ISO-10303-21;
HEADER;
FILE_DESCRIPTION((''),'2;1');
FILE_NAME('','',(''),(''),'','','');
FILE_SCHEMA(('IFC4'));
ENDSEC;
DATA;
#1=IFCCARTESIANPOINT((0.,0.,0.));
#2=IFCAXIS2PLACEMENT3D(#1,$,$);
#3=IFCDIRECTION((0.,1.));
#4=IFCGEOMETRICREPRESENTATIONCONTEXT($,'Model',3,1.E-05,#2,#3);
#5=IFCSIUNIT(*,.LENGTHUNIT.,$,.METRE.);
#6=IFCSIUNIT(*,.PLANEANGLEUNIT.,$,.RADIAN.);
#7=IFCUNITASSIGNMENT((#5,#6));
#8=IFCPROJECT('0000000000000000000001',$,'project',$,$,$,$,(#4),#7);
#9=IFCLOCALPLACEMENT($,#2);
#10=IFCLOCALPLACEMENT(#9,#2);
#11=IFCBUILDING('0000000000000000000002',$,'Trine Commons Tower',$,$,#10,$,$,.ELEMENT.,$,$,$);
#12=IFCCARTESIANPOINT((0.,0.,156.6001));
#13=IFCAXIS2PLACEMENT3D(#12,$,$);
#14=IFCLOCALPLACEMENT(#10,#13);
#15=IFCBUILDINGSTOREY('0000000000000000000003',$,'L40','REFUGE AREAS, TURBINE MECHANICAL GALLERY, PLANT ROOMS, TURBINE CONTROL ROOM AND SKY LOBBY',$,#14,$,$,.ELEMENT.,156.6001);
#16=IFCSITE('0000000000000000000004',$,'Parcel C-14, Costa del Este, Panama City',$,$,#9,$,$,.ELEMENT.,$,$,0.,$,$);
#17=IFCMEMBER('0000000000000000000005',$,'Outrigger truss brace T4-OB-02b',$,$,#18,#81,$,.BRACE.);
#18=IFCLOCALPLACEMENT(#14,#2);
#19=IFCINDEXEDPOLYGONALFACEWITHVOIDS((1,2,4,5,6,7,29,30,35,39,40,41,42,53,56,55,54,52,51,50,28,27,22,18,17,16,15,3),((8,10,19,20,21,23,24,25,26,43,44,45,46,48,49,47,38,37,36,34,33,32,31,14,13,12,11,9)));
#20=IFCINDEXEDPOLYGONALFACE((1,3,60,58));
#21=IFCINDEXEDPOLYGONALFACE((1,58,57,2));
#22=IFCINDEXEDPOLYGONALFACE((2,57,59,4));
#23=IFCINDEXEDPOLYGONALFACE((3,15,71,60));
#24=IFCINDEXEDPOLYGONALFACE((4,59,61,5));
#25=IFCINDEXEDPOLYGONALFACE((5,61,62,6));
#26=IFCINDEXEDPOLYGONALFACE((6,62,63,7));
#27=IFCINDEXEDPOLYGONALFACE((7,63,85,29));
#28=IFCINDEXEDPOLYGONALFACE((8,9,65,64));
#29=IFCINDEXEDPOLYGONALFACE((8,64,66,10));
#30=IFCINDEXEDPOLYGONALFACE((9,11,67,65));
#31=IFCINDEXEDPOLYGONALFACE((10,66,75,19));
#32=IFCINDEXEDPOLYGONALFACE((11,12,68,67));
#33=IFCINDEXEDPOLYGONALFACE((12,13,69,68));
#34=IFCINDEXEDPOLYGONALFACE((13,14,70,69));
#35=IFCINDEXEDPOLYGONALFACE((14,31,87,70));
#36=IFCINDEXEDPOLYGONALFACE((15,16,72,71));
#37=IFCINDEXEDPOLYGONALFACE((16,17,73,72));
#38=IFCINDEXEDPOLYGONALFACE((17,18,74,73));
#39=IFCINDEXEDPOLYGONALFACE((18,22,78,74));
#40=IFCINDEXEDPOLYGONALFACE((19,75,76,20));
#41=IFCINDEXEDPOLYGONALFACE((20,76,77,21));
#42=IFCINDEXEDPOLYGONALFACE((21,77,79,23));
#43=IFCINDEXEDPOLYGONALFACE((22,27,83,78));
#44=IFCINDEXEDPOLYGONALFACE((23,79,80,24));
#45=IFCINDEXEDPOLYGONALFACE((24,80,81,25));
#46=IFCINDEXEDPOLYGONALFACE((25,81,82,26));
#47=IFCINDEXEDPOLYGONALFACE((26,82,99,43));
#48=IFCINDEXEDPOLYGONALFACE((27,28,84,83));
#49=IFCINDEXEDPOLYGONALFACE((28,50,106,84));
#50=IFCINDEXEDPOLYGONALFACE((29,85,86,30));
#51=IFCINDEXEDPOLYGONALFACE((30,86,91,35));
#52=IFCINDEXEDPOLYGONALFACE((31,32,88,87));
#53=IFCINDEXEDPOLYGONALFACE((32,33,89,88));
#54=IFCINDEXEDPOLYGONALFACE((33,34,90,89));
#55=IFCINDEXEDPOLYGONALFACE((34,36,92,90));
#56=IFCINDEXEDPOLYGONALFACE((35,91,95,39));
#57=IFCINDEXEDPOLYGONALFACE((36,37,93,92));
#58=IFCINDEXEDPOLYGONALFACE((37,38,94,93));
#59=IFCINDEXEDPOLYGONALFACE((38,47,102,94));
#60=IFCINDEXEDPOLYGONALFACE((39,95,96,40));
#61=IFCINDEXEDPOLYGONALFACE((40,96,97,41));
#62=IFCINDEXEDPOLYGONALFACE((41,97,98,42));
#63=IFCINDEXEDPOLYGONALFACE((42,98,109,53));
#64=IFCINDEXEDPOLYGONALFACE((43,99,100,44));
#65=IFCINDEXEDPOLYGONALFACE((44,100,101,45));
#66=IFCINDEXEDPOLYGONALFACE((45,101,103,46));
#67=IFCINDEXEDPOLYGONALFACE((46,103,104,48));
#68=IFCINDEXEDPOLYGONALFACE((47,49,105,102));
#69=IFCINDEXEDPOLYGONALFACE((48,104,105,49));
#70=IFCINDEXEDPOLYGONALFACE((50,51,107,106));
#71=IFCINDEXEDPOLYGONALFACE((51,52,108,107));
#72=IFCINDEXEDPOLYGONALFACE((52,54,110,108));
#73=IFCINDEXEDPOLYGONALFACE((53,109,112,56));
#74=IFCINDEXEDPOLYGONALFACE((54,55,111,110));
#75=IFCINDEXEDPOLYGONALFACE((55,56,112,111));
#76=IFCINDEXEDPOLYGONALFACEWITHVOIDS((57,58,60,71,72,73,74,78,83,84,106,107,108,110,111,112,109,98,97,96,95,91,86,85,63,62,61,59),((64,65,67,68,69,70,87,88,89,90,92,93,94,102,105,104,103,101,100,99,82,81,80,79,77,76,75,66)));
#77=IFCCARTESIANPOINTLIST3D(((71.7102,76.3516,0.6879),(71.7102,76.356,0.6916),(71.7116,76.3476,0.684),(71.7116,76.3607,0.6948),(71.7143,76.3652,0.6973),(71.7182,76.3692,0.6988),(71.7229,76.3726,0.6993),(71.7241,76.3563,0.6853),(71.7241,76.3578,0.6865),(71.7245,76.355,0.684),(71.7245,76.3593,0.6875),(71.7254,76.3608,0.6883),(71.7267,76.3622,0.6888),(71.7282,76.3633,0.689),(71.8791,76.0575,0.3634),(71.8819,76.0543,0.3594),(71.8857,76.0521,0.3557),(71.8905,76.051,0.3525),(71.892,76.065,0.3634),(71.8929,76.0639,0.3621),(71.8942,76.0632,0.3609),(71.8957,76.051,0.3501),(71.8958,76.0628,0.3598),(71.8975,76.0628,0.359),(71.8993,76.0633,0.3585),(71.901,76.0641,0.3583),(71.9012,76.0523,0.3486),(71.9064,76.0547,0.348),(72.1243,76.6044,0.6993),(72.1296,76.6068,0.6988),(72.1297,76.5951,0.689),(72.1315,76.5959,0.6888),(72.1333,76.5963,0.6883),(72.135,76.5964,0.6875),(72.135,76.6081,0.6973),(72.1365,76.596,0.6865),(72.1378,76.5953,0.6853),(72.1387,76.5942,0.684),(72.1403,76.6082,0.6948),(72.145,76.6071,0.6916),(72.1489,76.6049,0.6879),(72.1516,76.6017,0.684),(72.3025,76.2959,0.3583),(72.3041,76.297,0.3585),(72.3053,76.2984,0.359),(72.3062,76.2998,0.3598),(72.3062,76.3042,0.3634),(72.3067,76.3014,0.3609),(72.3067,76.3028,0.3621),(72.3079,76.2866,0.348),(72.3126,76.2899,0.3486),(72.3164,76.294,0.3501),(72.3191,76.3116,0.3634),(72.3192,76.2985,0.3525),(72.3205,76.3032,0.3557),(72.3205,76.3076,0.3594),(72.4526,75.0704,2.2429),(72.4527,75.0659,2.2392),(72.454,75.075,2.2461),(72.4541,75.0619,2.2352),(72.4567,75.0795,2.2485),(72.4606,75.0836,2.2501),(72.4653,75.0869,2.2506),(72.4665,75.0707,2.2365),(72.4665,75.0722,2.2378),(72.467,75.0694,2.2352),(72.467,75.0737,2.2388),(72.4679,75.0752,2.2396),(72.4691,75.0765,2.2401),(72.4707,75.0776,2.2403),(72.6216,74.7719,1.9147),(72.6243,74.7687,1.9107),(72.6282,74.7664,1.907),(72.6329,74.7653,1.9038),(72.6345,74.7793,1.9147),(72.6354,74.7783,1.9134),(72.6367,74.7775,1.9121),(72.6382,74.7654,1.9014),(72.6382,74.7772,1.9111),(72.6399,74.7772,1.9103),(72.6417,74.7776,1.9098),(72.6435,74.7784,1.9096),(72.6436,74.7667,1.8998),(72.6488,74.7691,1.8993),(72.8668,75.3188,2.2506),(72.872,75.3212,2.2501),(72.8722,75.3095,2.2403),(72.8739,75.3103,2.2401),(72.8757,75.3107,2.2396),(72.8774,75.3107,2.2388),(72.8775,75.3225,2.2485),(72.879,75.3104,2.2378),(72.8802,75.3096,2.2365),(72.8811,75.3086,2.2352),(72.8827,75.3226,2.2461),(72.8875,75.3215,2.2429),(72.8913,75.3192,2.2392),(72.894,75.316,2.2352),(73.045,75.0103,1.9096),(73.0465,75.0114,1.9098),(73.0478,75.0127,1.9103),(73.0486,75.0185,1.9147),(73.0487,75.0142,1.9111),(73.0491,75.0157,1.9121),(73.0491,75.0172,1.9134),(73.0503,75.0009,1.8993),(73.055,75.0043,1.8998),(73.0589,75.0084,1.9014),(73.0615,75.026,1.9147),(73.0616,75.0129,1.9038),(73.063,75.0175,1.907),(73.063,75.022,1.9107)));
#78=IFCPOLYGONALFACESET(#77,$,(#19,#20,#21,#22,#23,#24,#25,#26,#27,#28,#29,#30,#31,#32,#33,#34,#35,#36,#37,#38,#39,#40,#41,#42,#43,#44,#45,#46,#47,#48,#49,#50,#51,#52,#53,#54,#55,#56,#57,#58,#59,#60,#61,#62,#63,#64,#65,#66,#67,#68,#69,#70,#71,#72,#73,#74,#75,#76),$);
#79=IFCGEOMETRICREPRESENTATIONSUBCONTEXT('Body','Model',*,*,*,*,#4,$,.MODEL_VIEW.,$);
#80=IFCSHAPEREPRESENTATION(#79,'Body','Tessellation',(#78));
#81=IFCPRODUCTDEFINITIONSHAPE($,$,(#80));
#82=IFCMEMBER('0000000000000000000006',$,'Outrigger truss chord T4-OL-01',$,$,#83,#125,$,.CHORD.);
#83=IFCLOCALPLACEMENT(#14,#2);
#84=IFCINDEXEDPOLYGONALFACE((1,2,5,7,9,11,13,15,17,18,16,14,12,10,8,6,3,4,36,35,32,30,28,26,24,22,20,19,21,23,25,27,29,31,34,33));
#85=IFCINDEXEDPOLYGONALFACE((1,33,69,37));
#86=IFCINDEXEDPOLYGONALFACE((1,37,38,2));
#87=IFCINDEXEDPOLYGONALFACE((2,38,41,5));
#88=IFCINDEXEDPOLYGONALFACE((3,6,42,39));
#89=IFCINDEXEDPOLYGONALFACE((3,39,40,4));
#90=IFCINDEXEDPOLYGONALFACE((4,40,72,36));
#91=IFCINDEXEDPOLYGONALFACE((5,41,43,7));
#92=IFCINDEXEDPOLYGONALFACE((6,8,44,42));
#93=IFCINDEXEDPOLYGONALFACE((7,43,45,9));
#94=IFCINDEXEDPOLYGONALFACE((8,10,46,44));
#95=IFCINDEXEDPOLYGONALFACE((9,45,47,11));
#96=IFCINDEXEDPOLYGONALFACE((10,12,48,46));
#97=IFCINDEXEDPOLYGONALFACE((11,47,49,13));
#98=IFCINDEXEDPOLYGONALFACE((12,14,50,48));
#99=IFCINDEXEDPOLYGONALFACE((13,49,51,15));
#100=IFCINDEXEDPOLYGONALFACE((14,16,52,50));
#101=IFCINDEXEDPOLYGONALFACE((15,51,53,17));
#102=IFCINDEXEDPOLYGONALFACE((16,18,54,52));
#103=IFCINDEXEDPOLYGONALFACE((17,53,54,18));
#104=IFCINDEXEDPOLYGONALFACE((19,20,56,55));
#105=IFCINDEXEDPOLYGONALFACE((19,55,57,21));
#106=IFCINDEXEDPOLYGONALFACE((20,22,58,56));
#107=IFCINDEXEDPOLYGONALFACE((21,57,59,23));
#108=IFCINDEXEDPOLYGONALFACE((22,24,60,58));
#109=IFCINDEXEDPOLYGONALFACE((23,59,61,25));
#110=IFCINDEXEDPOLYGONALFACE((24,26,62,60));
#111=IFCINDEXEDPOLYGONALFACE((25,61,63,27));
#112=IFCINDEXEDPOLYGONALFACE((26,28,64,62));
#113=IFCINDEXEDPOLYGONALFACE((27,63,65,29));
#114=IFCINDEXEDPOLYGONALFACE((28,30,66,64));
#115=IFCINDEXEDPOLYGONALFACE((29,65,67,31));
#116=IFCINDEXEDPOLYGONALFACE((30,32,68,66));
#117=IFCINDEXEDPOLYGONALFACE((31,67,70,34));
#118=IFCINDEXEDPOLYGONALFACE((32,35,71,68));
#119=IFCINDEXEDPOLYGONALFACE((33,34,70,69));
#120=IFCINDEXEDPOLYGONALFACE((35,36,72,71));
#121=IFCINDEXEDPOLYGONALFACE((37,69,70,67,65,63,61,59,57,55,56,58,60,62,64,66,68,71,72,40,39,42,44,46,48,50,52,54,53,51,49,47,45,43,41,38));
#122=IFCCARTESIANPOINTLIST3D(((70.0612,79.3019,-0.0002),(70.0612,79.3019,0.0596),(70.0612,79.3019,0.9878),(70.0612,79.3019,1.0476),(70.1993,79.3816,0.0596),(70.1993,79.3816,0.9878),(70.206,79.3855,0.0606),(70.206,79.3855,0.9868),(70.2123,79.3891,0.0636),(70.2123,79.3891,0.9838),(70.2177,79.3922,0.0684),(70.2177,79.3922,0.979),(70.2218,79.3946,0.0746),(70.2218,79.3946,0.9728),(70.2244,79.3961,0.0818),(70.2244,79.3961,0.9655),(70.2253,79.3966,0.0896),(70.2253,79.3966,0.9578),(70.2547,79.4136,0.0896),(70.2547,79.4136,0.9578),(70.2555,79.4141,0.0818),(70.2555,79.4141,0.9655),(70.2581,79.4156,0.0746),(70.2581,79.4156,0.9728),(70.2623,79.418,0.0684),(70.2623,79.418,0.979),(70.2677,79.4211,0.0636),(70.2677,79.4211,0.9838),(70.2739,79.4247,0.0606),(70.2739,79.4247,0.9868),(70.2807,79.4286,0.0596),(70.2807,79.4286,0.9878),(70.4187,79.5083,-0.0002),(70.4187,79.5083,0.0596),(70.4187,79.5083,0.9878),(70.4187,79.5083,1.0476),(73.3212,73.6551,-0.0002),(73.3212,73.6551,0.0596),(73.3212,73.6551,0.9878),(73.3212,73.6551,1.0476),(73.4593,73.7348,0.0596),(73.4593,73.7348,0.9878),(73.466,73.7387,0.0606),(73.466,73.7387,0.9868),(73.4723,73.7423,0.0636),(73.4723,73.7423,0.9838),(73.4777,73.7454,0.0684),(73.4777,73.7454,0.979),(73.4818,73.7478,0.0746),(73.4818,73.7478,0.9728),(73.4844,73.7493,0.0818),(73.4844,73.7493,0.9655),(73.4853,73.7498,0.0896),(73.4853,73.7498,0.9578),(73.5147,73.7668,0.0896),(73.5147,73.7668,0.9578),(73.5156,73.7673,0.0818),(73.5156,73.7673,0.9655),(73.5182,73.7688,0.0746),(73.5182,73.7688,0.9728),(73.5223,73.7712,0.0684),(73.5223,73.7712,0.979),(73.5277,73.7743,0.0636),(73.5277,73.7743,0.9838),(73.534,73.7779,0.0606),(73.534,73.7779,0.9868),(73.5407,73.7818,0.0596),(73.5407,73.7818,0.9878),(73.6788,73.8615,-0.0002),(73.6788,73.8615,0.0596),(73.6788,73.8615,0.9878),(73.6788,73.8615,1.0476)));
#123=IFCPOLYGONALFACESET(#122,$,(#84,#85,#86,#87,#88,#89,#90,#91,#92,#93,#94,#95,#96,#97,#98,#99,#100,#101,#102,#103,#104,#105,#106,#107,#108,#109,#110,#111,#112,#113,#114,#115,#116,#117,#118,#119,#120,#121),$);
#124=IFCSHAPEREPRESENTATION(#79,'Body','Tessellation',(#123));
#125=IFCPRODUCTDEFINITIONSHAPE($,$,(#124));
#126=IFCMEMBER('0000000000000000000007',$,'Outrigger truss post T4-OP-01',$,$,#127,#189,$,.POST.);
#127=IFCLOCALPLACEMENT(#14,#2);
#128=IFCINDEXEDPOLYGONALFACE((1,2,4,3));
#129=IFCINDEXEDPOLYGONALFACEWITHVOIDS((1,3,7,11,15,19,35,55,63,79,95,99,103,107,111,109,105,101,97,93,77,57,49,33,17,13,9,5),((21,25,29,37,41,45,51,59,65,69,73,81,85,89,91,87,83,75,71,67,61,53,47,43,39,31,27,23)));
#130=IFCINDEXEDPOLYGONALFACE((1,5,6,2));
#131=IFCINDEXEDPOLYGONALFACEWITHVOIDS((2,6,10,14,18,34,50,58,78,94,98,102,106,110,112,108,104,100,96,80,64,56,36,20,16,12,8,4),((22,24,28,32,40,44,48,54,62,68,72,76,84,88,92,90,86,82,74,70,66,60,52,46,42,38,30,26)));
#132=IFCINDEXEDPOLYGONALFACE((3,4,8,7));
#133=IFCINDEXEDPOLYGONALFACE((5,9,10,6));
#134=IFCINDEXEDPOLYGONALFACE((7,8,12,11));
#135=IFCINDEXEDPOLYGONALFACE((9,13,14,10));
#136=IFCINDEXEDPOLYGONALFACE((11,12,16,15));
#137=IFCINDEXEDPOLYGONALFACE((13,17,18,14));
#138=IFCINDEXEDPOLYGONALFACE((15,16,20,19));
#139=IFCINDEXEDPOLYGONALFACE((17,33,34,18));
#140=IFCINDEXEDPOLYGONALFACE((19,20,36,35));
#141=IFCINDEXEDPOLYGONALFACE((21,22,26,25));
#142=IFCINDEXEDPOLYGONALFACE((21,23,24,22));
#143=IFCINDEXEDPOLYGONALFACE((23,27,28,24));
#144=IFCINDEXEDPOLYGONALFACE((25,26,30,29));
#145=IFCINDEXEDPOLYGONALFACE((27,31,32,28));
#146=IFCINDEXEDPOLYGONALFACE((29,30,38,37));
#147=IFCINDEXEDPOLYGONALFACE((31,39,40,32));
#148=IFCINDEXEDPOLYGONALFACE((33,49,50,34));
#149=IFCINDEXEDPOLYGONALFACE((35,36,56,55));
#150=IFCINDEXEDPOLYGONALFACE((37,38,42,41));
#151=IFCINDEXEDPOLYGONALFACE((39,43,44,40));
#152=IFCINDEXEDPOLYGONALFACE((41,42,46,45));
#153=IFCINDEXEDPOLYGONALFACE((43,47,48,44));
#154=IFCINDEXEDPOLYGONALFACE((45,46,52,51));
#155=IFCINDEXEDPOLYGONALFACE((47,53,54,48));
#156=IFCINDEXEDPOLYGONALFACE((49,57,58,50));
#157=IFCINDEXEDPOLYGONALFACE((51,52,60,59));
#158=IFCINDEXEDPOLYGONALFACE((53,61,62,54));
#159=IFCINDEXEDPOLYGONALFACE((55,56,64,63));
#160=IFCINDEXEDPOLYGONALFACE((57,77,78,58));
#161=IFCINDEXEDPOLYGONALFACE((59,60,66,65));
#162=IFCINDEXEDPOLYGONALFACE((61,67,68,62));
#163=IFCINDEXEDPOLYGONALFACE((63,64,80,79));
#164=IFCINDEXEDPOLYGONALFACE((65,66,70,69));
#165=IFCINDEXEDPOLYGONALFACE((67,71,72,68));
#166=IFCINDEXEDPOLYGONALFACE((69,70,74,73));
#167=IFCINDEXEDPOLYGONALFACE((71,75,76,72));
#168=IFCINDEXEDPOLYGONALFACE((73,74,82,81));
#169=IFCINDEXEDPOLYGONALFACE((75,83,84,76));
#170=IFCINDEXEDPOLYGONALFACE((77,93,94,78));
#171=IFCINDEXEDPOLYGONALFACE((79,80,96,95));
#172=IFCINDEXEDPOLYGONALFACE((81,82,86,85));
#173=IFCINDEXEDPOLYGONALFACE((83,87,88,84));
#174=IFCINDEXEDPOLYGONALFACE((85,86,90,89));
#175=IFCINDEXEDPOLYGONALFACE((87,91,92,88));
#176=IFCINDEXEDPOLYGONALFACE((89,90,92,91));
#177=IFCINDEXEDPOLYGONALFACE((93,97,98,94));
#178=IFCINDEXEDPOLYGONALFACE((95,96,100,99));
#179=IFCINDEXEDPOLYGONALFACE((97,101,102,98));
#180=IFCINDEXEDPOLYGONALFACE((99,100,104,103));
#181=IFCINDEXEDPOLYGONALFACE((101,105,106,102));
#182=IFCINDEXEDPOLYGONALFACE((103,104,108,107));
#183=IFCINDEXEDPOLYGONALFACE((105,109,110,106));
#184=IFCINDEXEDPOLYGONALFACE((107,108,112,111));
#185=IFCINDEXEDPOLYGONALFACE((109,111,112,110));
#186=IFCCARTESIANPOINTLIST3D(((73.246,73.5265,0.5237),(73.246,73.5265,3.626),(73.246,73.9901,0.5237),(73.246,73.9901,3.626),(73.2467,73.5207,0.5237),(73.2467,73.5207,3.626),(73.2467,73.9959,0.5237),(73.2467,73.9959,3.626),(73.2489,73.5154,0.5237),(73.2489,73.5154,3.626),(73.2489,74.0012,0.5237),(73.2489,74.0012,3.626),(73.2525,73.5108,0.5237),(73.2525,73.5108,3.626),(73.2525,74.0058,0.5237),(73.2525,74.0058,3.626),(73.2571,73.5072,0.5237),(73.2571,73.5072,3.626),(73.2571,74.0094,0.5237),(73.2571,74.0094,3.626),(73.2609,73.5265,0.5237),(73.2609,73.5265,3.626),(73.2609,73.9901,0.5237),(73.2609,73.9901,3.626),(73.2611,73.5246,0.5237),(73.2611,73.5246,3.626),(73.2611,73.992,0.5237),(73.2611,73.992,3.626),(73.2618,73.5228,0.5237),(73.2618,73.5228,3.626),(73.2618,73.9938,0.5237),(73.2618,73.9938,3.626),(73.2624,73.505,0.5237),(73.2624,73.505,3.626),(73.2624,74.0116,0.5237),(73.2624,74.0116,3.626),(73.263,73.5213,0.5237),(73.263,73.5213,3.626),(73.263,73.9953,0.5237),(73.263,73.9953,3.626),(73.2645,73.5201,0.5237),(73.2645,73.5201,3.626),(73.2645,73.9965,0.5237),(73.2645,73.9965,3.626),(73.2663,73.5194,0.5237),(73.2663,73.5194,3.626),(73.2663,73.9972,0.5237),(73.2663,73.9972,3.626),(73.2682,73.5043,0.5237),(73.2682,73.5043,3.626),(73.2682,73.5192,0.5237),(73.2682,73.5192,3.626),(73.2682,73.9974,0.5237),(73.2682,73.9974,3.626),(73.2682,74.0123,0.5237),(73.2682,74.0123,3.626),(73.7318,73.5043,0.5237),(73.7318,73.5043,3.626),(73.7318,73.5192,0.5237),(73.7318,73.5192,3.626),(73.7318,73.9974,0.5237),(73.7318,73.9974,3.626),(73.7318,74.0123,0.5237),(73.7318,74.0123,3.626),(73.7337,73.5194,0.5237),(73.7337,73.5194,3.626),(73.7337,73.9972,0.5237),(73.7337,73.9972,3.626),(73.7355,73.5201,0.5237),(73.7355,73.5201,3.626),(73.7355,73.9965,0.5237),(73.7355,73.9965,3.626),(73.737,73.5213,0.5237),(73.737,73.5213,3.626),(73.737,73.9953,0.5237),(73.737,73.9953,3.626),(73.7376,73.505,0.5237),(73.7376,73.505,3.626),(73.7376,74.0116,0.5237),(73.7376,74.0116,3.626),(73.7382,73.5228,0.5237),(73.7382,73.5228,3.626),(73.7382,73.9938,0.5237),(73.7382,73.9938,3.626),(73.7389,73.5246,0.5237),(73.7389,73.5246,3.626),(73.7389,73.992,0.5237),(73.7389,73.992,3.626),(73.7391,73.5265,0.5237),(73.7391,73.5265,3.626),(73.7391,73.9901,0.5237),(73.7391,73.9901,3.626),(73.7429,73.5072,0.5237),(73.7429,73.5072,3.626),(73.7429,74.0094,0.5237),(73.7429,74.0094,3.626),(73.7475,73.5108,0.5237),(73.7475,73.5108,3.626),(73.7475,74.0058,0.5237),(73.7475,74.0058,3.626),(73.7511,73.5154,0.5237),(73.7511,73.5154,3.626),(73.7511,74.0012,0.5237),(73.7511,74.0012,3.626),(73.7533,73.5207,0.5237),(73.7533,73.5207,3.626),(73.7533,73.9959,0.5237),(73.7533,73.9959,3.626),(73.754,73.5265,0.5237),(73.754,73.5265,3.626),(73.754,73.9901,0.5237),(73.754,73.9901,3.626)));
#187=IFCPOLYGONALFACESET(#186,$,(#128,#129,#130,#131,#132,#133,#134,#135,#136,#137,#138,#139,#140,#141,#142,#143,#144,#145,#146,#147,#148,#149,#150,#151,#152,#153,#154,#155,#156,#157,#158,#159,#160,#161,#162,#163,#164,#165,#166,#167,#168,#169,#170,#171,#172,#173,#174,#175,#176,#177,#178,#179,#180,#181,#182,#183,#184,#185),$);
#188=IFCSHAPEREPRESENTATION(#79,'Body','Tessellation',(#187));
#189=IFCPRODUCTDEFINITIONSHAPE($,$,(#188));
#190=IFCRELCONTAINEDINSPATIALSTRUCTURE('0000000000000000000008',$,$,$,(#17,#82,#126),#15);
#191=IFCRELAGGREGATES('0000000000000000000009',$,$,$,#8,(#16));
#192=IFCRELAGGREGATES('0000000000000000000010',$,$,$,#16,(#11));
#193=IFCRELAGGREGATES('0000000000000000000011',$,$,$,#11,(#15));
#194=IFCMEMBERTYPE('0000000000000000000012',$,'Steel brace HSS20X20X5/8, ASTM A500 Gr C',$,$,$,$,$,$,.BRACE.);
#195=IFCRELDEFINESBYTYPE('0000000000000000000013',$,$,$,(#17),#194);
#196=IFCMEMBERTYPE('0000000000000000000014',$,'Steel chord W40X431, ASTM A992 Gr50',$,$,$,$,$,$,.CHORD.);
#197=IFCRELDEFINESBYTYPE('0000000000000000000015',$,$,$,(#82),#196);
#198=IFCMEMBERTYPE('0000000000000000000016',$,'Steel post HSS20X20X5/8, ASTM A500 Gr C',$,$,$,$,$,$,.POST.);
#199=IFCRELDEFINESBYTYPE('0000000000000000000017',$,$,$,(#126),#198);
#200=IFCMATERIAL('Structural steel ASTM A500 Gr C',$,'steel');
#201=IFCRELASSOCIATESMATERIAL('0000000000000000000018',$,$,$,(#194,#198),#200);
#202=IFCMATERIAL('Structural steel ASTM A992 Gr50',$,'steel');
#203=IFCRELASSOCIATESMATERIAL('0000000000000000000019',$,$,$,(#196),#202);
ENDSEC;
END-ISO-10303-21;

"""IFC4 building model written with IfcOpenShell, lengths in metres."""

from ifc_helpers import new_model, si_unit, direction, frame, origin, origin_2d, place, context, subcontext, project, spatial, hollow_rectangle, i_section, extrude, material, material_profile, profile_set, type_object, element, save


model = new_model("IFC4")

# Units and contexts
model_context = context("Model", 3, precision=1e-05, world=origin(), true_north=direction((0.0, 1.0)))
body_context = subcontext(model_context, "Body", "Model", "MODEL_VIEW")
ifc_project = project(units=[si_unit("LENGTHUNIT", "METRE"), si_unit("PLANEANGLEUNIT", "RADIAN")], contexts=[model_context])

# Site, building, storey
site_placement = place(None, origin())
site = spatial("IfcSite", under=ifc_project, at=site_placement, Name="Parcel C-14, Costa del Este, Panama City", CompositionType="ELEMENT", RefElevation=0.0)
building_placement = place(site_placement, origin())
building = spatial("IfcBuilding", under=site, at=building_placement, Name="Trine Commons Tower", CompositionType="ELEMENT")
storey_placement = place(building_placement, frame((0.0, 0.0, 156.6001)))
storey = spatial("IfcBuildingStorey", under=building, at=storey_placement, Name="L40", Description="REFUGE AREAS, TURBINE MECHANICAL GALLERY, PLANT ROOMS, TURBINE CONTROL ROOM AND SKY LOBBY", CompositionType="ELEMENT", Elevation=156.6001)

# Members
ifc_material_1 = material(Name="Structural steel ASTM A500 Gr C", Category="steel")
ifc_material_profile_1 = material_profile(ifc_material_1, hollow_rectangle(XDim=0.5081, YDim=0.5081, WallThickness=0.0149, InnerFilletRadius=0.0073, OuterFilletRadius=0.0222, at=origin_2d()), Name="HSS20X20X5/8")
ifc_profile_set_1 = profile_set([ifc_material_profile_1], Name="Structural steel ASTM A500 Gr C")
member_type_1 = type_object("IfcMemberType", Name="Steel brace HSS20X20X5/8, ASTM A500 Gr C", PredefinedType="BRACE", material=ifc_profile_set_1)
member_1_placement = place(storey_placement, frame((72.7578, 75.0439, 2.075), z_axis=(-0.345765, 0.59875, -0.722457), x_axis=(-0.865977, -0.500083, 0.0)))
element("IfcMember", 1, at=member_1_placement, inside=storey, type_object=member_type_1, Name="Outrigger truss brace T4-OB-02b", PredefinedType="BRACE", context=body_context, shape_type="SweptSolid", body=[
    extrude(hollow_rectangle(XDim=0.5081, YDim=0.5081, WallThickness=0.0149, InnerFilletRadius=0.0073, OuterFilletRadius=0.0222, at=origin_2d()), origin(), (0.0, 0.0, 1.0), 2.1472),
])
ifc_material_2 = material(Name="Structural steel ASTM A992 Gr50", Category="steel")
ifc_material_profile_2 = material_profile(ifc_material_2, i_section(OverallWidth=0.4128, OverallDepth=1.0479, WebThickness=0.0339, FlangeThickness=0.0598, FilletRadius=0.03, at=origin_2d()), Name="W40X431")
ifc_profile_set_2 = profile_set([ifc_material_profile_2], Name="Structural steel ASTM A992 Gr50")
member_type_2 = type_object("IfcMemberType", Name="Steel chord W40X431, ASTM A992 Gr50", PredefinedType="CHORD", material=ifc_profile_set_2)
member_2_placement = place(storey_placement, frame((73.5, 73.7583, 0.5237), z_axis=(-0.499985, 0.866034, 0.0), x_axis=(-0.866034, -0.499985, 0.0)))
element("IfcMember", 2, at=member_2_placement, inside=storey, type_object=member_type_2, Name="Outrigger truss chord T4-OL-01", PredefinedType="CHORD", context=body_context, shape_type="SweptSolid", body=[
    extrude(i_section(OverallWidth=0.4128, OverallDepth=1.0479, WebThickness=0.0339, FlangeThickness=0.0598, FilletRadius=0.03, at=origin_2d()), origin(), (0.0, 0.0, 1.0), 6.5203),
])
ifc_material_profile_3 = material_profile(ifc_material_1, hollow_rectangle(XDim=0.5081, YDim=0.5081, WallThickness=0.0149, InnerFilletRadius=0.0073, OuterFilletRadius=0.0222, at=origin_2d()), Name="HSS20X20X5/8")
ifc_profile_set_3 = profile_set([ifc_material_profile_3], Name="Structural steel ASTM A500 Gr C")
member_type_3 = type_object("IfcMemberType", Name="Steel post HSS20X20X5/8, ASTM A500 Gr C", PredefinedType="POST", material=ifc_profile_set_3)
member_3_placement = place(storey_placement, frame((73.5, 73.7583, 0.5237), z_axis=(0.0, 0.0, 1.0), x_axis=(1.0, 0.0, 0.0)))
element("IfcMember", 3, at=member_3_placement, inside=storey, type_object=member_type_3, Name="Outrigger truss post T4-OP-01", PredefinedType="POST", context=body_context, shape_type="SweptSolid", body=[
    extrude(hollow_rectangle(XDim=0.5081, YDim=0.5081, WallThickness=0.0149, InnerFilletRadius=0.0073, OuterFilletRadius=0.0222, at=origin_2d()), origin(), (0.0, 0.0, 1.0), 3.1023),
])

save(model, "model.ifc")
